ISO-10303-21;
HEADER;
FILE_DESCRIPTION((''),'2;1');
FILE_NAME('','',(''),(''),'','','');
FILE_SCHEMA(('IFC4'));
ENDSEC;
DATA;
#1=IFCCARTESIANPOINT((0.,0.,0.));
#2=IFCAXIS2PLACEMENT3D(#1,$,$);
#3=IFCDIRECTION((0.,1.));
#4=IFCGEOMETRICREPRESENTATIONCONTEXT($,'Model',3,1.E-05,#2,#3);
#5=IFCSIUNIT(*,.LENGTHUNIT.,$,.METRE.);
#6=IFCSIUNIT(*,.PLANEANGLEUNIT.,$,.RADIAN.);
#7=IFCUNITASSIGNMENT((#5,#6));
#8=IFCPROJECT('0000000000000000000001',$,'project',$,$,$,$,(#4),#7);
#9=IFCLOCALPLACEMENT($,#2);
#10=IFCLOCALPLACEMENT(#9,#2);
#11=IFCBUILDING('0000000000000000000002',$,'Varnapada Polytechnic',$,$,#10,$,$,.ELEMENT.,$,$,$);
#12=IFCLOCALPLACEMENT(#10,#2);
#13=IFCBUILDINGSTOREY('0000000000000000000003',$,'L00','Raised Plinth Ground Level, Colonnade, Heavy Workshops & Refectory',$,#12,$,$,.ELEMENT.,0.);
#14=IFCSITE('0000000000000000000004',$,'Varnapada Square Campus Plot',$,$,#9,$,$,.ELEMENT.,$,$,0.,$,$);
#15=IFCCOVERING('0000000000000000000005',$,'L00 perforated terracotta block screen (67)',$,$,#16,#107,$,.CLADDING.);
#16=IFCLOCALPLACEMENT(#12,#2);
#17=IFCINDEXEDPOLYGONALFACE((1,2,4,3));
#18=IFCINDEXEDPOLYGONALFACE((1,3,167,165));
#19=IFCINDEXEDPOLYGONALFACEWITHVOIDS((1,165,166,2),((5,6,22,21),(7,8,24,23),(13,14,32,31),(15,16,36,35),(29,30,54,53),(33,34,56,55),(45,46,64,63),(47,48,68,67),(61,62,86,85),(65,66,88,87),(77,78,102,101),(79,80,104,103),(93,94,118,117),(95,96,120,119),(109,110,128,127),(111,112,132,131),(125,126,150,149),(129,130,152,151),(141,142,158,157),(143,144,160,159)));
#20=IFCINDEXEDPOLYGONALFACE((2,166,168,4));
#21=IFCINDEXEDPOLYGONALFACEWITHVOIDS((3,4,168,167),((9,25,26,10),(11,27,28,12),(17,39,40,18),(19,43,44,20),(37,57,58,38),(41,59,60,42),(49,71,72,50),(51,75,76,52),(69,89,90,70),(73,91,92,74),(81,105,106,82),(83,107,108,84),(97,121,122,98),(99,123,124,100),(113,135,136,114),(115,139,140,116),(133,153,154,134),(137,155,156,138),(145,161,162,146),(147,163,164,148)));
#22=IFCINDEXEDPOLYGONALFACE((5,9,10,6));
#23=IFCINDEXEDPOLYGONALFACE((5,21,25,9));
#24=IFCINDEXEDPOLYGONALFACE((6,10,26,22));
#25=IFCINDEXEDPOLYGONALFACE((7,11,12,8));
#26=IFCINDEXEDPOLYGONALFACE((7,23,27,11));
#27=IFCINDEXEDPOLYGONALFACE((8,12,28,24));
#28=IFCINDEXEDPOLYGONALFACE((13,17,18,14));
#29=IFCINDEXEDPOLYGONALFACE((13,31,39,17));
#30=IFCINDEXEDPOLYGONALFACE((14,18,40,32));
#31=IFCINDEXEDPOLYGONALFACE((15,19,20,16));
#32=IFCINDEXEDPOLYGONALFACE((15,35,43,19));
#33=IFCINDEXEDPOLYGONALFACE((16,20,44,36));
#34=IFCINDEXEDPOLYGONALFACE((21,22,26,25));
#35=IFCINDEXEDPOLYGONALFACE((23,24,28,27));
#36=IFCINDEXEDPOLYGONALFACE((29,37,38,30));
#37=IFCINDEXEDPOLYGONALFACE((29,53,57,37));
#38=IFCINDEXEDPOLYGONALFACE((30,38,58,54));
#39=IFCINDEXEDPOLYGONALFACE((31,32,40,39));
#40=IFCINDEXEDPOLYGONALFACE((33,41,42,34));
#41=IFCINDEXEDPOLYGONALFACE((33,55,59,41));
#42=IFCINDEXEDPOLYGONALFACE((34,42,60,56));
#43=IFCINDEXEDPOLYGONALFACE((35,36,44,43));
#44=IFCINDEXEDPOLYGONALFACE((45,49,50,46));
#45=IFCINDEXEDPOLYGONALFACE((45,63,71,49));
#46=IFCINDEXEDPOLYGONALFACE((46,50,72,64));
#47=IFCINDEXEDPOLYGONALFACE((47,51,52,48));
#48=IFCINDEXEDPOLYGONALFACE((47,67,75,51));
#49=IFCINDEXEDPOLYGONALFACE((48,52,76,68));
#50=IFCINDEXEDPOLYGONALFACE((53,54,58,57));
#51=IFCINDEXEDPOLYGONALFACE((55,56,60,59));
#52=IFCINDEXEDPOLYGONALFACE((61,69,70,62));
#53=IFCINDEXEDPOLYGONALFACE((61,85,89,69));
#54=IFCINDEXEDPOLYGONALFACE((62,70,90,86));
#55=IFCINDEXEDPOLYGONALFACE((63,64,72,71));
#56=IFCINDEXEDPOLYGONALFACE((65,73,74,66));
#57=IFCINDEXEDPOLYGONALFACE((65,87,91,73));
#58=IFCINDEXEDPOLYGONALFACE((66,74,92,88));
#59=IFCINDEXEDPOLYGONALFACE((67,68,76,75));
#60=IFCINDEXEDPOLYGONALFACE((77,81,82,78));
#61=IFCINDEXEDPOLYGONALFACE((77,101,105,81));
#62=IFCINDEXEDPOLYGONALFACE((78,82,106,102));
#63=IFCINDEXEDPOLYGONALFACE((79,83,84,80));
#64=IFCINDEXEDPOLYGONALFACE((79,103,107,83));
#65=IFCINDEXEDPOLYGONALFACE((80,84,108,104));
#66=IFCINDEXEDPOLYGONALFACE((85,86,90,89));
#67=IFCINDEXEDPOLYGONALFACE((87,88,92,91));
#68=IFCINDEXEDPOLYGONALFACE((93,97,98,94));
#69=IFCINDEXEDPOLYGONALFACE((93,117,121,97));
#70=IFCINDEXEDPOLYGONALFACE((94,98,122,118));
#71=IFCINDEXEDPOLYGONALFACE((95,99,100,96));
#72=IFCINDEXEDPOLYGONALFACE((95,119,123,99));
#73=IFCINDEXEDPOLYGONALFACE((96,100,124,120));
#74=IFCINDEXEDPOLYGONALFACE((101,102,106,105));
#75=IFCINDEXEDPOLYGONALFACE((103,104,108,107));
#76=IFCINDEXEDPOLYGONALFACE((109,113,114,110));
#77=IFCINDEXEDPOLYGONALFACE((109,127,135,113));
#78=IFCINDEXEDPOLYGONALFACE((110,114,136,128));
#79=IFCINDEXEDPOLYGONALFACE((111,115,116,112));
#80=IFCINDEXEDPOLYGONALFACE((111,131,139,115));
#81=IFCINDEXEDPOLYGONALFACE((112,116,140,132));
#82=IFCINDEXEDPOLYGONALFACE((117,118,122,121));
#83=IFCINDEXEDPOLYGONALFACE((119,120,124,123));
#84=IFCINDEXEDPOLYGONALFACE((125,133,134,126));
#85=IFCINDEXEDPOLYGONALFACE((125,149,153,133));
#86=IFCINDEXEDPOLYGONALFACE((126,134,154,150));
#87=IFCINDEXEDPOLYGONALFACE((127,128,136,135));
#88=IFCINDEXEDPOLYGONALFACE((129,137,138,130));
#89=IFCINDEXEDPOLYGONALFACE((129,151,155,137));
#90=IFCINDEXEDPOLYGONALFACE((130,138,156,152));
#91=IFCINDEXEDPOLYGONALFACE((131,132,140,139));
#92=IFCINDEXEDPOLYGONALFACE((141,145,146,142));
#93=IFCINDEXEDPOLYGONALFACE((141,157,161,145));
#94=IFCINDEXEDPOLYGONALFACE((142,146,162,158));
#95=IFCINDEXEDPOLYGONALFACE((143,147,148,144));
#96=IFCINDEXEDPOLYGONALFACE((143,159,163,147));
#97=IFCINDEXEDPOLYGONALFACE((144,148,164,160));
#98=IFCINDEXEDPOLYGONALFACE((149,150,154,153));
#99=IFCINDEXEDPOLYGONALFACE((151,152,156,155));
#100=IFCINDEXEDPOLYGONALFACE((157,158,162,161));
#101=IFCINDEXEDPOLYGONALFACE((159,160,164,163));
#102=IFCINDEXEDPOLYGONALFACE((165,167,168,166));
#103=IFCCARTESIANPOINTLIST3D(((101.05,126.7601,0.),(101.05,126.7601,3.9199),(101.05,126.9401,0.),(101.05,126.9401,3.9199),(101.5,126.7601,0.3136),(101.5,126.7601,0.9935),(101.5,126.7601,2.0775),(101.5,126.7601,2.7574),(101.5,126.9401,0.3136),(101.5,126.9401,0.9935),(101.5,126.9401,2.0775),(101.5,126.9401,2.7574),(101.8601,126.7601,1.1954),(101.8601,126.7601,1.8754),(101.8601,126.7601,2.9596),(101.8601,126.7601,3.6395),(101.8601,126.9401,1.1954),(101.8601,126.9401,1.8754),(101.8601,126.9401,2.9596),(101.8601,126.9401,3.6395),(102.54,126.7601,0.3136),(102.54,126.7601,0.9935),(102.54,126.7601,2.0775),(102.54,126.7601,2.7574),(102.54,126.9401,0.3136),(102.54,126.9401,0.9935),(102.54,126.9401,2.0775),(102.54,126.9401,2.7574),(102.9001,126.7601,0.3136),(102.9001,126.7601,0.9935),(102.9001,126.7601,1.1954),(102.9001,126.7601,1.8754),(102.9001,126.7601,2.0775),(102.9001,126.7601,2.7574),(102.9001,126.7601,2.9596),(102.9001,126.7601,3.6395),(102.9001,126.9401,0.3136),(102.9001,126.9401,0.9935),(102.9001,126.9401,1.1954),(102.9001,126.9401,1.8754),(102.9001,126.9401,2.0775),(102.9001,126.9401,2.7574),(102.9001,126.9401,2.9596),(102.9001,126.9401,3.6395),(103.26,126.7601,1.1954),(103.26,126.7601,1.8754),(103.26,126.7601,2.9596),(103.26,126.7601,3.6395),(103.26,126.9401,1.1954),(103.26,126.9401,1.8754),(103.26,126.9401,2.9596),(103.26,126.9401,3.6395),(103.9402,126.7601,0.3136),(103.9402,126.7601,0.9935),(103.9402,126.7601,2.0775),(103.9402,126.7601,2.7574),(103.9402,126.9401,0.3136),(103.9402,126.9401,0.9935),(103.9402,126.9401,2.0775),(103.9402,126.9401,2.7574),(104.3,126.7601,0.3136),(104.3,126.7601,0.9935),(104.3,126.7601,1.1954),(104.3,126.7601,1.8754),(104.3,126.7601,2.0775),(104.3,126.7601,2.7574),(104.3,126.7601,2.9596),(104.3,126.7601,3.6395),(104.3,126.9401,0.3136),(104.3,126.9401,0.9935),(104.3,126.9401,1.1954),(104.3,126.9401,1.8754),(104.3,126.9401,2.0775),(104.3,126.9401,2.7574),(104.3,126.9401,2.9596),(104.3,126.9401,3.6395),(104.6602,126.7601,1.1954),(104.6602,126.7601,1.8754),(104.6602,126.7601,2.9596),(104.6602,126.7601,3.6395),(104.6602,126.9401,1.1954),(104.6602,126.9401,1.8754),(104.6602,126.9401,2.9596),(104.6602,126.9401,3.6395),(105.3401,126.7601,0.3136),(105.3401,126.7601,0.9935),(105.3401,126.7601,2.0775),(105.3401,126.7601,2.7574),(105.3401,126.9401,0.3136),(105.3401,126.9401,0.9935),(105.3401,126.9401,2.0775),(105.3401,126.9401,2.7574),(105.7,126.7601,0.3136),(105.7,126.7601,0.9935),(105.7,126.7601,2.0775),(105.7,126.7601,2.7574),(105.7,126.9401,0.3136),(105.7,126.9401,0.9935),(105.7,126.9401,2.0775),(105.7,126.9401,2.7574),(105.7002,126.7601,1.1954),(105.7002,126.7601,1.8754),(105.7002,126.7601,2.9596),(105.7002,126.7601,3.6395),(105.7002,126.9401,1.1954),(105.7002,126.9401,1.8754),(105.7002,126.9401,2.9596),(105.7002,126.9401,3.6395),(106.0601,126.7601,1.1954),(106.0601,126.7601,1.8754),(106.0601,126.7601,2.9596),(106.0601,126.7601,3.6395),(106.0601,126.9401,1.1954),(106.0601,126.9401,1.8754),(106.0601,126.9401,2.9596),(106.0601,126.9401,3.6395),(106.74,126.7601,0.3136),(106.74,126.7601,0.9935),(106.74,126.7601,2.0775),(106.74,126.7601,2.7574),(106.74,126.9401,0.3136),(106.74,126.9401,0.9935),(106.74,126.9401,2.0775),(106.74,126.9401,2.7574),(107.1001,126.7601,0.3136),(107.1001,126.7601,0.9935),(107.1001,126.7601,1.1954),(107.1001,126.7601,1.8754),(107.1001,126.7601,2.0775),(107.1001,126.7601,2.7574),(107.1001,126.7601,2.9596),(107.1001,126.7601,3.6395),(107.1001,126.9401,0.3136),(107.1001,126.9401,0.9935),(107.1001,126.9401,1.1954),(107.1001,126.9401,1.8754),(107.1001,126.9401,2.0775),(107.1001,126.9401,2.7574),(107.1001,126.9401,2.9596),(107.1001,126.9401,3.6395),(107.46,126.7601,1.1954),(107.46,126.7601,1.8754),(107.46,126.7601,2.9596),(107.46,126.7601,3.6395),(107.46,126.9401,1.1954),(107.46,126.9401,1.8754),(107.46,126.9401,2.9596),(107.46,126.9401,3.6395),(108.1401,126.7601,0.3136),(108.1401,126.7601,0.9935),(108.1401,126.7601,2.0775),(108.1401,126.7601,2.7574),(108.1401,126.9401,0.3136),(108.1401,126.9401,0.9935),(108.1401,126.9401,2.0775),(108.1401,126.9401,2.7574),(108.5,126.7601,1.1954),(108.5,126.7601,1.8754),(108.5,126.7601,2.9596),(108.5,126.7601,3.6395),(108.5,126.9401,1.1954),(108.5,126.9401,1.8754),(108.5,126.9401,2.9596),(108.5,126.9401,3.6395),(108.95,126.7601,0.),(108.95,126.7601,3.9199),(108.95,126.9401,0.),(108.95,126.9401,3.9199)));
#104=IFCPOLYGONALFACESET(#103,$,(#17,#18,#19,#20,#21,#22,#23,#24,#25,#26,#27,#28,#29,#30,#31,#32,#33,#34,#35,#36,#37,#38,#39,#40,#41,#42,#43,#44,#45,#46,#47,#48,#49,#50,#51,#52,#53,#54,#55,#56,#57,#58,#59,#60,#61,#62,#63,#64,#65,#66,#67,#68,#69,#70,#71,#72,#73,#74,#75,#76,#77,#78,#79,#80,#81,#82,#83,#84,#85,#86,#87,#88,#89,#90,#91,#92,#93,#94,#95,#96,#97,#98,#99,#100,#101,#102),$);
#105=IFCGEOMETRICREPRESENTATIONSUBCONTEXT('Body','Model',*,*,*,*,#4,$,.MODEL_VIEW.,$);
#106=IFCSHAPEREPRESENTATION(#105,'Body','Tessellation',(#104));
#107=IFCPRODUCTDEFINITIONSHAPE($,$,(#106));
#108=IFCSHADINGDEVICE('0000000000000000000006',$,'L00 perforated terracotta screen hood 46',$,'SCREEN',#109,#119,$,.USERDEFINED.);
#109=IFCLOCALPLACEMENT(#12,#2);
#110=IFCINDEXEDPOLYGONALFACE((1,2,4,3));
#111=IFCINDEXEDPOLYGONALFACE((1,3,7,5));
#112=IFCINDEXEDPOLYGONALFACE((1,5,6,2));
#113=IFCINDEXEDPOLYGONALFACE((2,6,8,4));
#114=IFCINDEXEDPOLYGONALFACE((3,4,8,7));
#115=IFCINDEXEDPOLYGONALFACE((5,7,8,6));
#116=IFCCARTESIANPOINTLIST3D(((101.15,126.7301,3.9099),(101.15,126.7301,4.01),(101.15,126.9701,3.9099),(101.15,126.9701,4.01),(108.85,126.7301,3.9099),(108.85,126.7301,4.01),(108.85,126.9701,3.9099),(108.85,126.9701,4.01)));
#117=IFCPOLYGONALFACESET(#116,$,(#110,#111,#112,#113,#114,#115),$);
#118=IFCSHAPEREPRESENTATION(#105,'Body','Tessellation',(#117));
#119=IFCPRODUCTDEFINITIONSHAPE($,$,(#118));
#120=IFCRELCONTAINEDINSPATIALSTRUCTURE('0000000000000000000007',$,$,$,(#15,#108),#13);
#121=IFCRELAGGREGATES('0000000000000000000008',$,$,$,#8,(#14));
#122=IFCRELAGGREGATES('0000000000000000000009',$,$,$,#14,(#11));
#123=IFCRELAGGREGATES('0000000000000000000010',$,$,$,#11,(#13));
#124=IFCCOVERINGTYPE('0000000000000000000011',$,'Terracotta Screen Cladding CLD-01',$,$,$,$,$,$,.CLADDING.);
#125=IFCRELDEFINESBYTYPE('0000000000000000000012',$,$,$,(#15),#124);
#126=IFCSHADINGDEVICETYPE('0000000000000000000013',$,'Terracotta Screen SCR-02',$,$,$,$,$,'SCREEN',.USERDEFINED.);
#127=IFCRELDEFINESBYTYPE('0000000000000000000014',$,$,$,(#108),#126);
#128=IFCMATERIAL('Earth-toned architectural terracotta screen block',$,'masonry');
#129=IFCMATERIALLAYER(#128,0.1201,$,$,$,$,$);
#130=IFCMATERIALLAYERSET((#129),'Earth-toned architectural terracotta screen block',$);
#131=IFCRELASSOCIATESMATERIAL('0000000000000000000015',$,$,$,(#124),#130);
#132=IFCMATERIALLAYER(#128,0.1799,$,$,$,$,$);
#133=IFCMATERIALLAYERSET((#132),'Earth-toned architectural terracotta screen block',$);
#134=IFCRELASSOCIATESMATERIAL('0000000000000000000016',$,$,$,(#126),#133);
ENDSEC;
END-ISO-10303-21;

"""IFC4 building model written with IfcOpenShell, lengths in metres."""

from ifc_helpers import new_model, si_unit, direction, frame, frame_2d, origin, origin_2d, place, context, subcontext, project, spatial, rectangle, extrude, material, layer, layer_set, type_object, element, save


model = new_model("IFC4")

# Units and contexts
model_context = context("Model", 3, precision=1e-05, world=origin(), true_north=direction((0.0, 1.0)))
body_context = subcontext(model_context, "Body", "Model", "MODEL_VIEW")
ifc_project = project(units=[si_unit("LENGTHUNIT", "METRE"), si_unit("PLANEANGLEUNIT", "RADIAN")], contexts=[model_context])

# Site, building, storey
site_placement = place(None, origin())
site = spatial("IfcSite", under=ifc_project, at=site_placement, Name="Varnapada Square Campus Plot", CompositionType="ELEMENT", RefElevation=0.0)
building_placement = place(site_placement, origin())
building = spatial("IfcBuilding", under=site, at=building_placement, Name="Varnapada Polytechnic", CompositionType="ELEMENT")
storey_placement = place(building_placement, origin())
storey = spatial("IfcBuildingStorey", under=building, at=storey_placement, Name="L00", Description="Raised Plinth Ground Level, Colonnade, Heavy Workshops & Refectory", CompositionType="ELEMENT", Elevation=0.0)

# Covering, openings
ifc_material_1 = material(Name="Earth-toned architectural terracotta screen block", Category="masonry")
ifc_layer_1 = layer(ifc_material_1, 0.1201)
ifc_layer_set_1 = layer_set([ifc_layer_1], Name="Earth-toned architectural terracotta screen block")
covering_type_1 = type_object("IfcCoveringType", Name="Terracotta Screen Cladding CLD-01", PredefinedType="CLADDING", material=ifc_layer_set_1)
covering_1_placement = place(storey_placement, frame((101.05, 126.8501, 0.0), z_axis=(0.0, 0.0, 1.0), x_axis=(1.0, 0.0, 0.0)))
covering_1 = element("IfcCovering", 1, at=covering_1_placement, inside=storey, type_object=covering_type_1, Name="L00 perforated terracotta block screen (67)", PredefinedType="CLADDING", context=body_context, shape_type="SweptSolid", body=[
    extrude(rectangle(XDim=7.8999, YDim=0.1799, at=frame_2d((3.95, 0.0))), origin(), (0.0, 0.0, 1.0), 3.9199),
])
opening_1_placement = place(covering_1_placement, frame((0.45, 0.0, 0.3137)))
element("IfcOpeningElement", 2, at=opening_1_placement, cuts=covering_1, PredefinedType="OPENING", context=body_context, shape_type="SweptSolid", body=[
    extrude(rectangle(XDim=1.04, YDim=0.6799, at=frame_2d((0.52, 0.3398))), frame((0.0, 0.0999, 0.0), z_axis=(0.0, -1.0, 0.0), x_axis=(1.0, 0.0, 0.0)), (0.0, 0.0, 1.0), 0.2),
])
opening_2_placement = place(covering_1_placement, frame((1.8501, 0.0, 0.3137)))
element("IfcOpeningElement", 3, at=opening_2_placement, cuts=covering_1, PredefinedType="OPENING", context=body_context, shape_type="SweptSolid", body=[
    extrude(rectangle(XDim=1.04, YDim=0.6799, at=frame_2d((0.52, 0.3398))), frame((0.0, 0.0999, 0.0), z_axis=(0.0, -1.0, 0.0), x_axis=(1.0, 0.0, 0.0)), (0.0, 0.0, 1.0), 0.2),
])
opening_3_placement = place(covering_1_placement, frame((3.25, 0.0, 0.3137)))
element("IfcOpeningElement", 4, at=opening_3_placement, cuts=covering_1, PredefinedType="OPENING", context=body_context, shape_type="SweptSolid", body=[
    extrude(rectangle(XDim=1.04, YDim=0.6799, at=frame_2d((0.52, 0.3398))), frame((0.0, 0.0999, 0.0), z_axis=(0.0, -1.0, 0.0), x_axis=(1.0, 0.0, 0.0)), (0.0, 0.0, 1.0), 0.2),
])
opening_4_placement = place(covering_1_placement, frame((4.6499, 0.0, 0.3137)))
element("IfcOpeningElement", 5, at=opening_4_placement, cuts=covering_1, PredefinedType="OPENING", context=body_context, shape_type="SweptSolid", body=[
    extrude(rectangle(XDim=1.04, YDim=0.6799, at=frame_2d((0.52, 0.3398))), frame((0.0, 0.0999, 0.0), z_axis=(0.0, -1.0, 0.0), x_axis=(1.0, 0.0, 0.0)), (0.0, 0.0, 1.0), 0.2),
])
opening_5_placement = place(covering_1_placement, frame((6.05, 0.0, 0.3137)))
element("IfcOpeningElement", 6, at=opening_5_placement, cuts=covering_1, PredefinedType="OPENING", context=body_context, shape_type="SweptSolid", body=[
    extrude(rectangle(XDim=1.04, YDim=0.6799, at=frame_2d((0.52, 0.3398))), frame((0.0, 0.0999, 0.0), z_axis=(0.0, -1.0, 0.0), x_axis=(1.0, 0.0, 0.0)), (0.0, 0.0, 1.0), 0.2),
])
opening_6_placement = place(covering_1_placement, frame((0.8101, 0.0, 1.1956)))
element("IfcOpeningElement", 7, at=opening_6_placement, cuts=covering_1, PredefinedType="OPENING", context=body_context, shape_type="SweptSolid", body=[
    extrude(rectangle(XDim=1.04, YDim=0.6799, at=frame_2d((0.52, 0.3398))), frame((0.0, 0.0999, 0.0), z_axis=(0.0, -1.0, 0.0), x_axis=(1.0, 0.0, 0.0)), (0.0, 0.0, 1.0), 0.2),
])
opening_7_placement = place(covering_1_placement, frame((2.21, 0.0, 1.1956)))
element("IfcOpeningElement", 8, at=opening_7_placement, cuts=covering_1, PredefinedType="OPENING", context=body_context, shape_type="SweptSolid", body=[
    extrude(rectangle(XDim=1.04, YDim=0.6799, at=frame_2d((0.52, 0.3398))), frame((0.0, 0.0999, 0.0), z_axis=(0.0, -1.0, 0.0), x_axis=(1.0, 0.0, 0.0)), (0.0, 0.0, 1.0), 0.2),
])
opening_8_placement = place(covering_1_placement, frame((3.6101, 0.0, 1.1956)))
element("IfcOpeningElement", 9, at=opening_8_placement, cuts=covering_1, PredefinedType="OPENING", context=body_context, shape_type="SweptSolid", body=[
    extrude(rectangle(XDim=1.04, YDim=0.6799, at=frame_2d((0.52, 0.3398))), frame((0.0, 0.0999, 0.0), z_axis=(0.0, -1.0, 0.0), x_axis=(1.0, 0.0, 0.0)), (0.0, 0.0, 1.0), 0.2),
])
opening_9_placement = place(covering_1_placement, frame((5.01, 0.0, 1.1956)))
element("IfcOpeningElement", 10, at=opening_9_placement, cuts=covering_1, PredefinedType="OPENING", context=body_context, shape_type="SweptSolid", body=[
    extrude(rectangle(XDim=1.04, YDim=0.6799, at=frame_2d((0.52, 0.3398))), frame((0.0, 0.0999, 0.0), z_axis=(0.0, -1.0, 0.0), x_axis=(1.0, 0.0, 0.0)), (0.0, 0.0, 1.0), 0.2),
])
opening_10_placement = place(covering_1_placement, frame((6.4099, 0.0, 1.1956)))
element("IfcOpeningElement", 11, at=opening_10_placement, cuts=covering_1, PredefinedType="OPENING", context=body_context, shape_type="SweptSolid", body=[
    extrude(rectangle(XDim=1.04, YDim=0.6799, at=frame_2d((0.52, 0.3398))), frame((0.0, 0.0999, 0.0), z_axis=(0.0, -1.0, 0.0), x_axis=(1.0, 0.0, 0.0)), (0.0, 0.0, 1.0), 0.2),
])
opening_11_placement = place(covering_1_placement, frame((0.45, 0.0, 2.0776)))
element("IfcOpeningElement", 12, at=opening_11_placement, cuts=covering_1, PredefinedType="OPENING", context=body_context, shape_type="SweptSolid", body=[
    extrude(rectangle(XDim=1.04, YDim=0.6799, at=frame_2d((0.52, 0.3398))), frame((0.0, 0.0999, 0.0), z_axis=(0.0, -1.0, 0.0), x_axis=(1.0, 0.0, 0.0)), (0.0, 0.0, 1.0), 0.2),
])
opening_12_placement = place(covering_1_placement, frame((1.8501, 0.0, 2.0776)))
element("IfcOpeningElement", 13, at=opening_12_placement, cuts=covering_1, PredefinedType="OPENING", context=body_context, shape_type="SweptSolid", body=[
    extrude(rectangle(XDim=1.04, YDim=0.6799, at=frame_2d((0.52, 0.3398))), frame((0.0, 0.0999, 0.0), z_axis=(0.0, -1.0, 0.0), x_axis=(1.0, 0.0, 0.0)), (0.0, 0.0, 1.0), 0.2),
])
opening_13_placement = place(covering_1_placement, frame((3.25, 0.0, 2.0776)))
element("IfcOpeningElement", 14, at=opening_13_placement, cuts=covering_1, PredefinedType="OPENING", context=body_context, shape_type="SweptSolid", body=[
    extrude(rectangle(XDim=1.04, YDim=0.6799, at=frame_2d((0.52, 0.3398))), frame((0.0, 0.0999, 0.0), z_axis=(0.0, -1.0, 0.0), x_axis=(1.0, 0.0, 0.0)), (0.0, 0.0, 1.0), 0.2),
])
opening_14_placement = place(covering_1_placement, frame((4.6499, 0.0, 2.0776)))
element("IfcOpeningElement", 15, at=opening_14_placement, cuts=covering_1, PredefinedType="OPENING", context=body_context, shape_type="SweptSolid", body=[
    extrude(rectangle(XDim=1.04, YDim=0.6799, at=frame_2d((0.52, 0.3398))), frame((0.0, 0.0999, 0.0), z_axis=(0.0, -1.0, 0.0), x_axis=(1.0, 0.0, 0.0)), (0.0, 0.0, 1.0), 0.2),
])
opening_15_placement = place(covering_1_placement, frame((6.05, 0.0, 2.0776)))
element("IfcOpeningElement", 16, at=opening_15_placement, cuts=covering_1, PredefinedType="OPENING", context=body_context, shape_type="SweptSolid", body=[
    extrude(rectangle(XDim=1.04, YDim=0.6799, at=frame_2d((0.52, 0.3398))), frame((0.0, 0.0999, 0.0), z_axis=(0.0, -1.0, 0.0), x_axis=(1.0, 0.0, 0.0)), (0.0, 0.0, 1.0), 0.2),
])
opening_16_placement = place(covering_1_placement, frame((0.8101, 0.0, 2.9597)))
element("IfcOpeningElement", 17, at=opening_16_placement, cuts=covering_1, PredefinedType="OPENING", context=body_context, shape_type="SweptSolid", body=[
    extrude(rectangle(XDim=1.04, YDim=0.6799, at=frame_2d((0.52, 0.3398))), frame((0.0, 0.0999, 0.0), z_axis=(0.0, -1.0, 0.0), x_axis=(1.0, 0.0, 0.0)), (0.0, 0.0, 1.0), 0.2),
])
opening_17_placement = place(covering_1_placement, frame((2.21, 0.0, 2.9597)))
element("IfcOpeningElement", 18, at=opening_17_placement, cuts=covering_1, PredefinedType="OPENING", context=body_context, shape_type="SweptSolid", body=[
    extrude(rectangle(XDim=1.04, YDim=0.6799, at=frame_2d((0.52, 0.3398))), frame((0.0, 0.0999, 0.0), z_axis=(0.0, -1.0, 0.0), x_axis=(1.0, 0.0, 0.0)), (0.0, 0.0, 1.0), 0.2),
])
opening_18_placement = place(covering_1_placement, frame((3.6101, 0.0, 2.9597)))
element("IfcOpeningElement", 19, at=opening_18_placement, cuts=covering_1, PredefinedType="OPENING", context=body_context, shape_type="SweptSolid", body=[
    extrude(rectangle(XDim=1.04, YDim=0.6799, at=frame_2d((0.52, 0.3398))), frame((0.0, 0.0999, 0.0), z_axis=(0.0, -1.0, 0.0), x_axis=(1.0, 0.0, 0.0)), (0.0, 0.0, 1.0), 0.2),
])
opening_19_placement = place(covering_1_placement, frame((5.01, 0.0, 2.9597)))
element("IfcOpeningElement", 20, at=opening_19_placement, cuts=covering_1, PredefinedType="OPENING", context=body_context, shape_type="SweptSolid", body=[
    extrude(rectangle(XDim=1.04, YDim=0.6799, at=frame_2d((0.52, 0.3398))), frame((0.0, 0.0999, 0.0), z_axis=(0.0, -1.0, 0.0), x_axis=(1.0, 0.0, 0.0)), (0.0, 0.0, 1.0), 0.2),
])
opening_20_placement = place(covering_1_placement, frame((6.4099, 0.0, 2.9597)))
element("IfcOpeningElement", 21, at=opening_20_placement, cuts=covering_1, PredefinedType="OPENING", context=body_context, shape_type="SweptSolid", body=[
    extrude(rectangle(XDim=1.04, YDim=0.6799, at=frame_2d((0.52, 0.3398))), frame((0.0, 0.0999, 0.0), z_axis=(0.0, -1.0, 0.0), x_axis=(1.0, 0.0, 0.0)), (0.0, 0.0, 1.0), 0.2),
])

# Shading device
ifc_layer_2 = layer(ifc_material_1, 0.1799)
ifc_layer_set_2 = layer_set([ifc_layer_2], Name="Earth-toned architectural terracotta screen block")
shading_device_type_1 = type_object("IfcShadingDeviceType", Name="Terracotta Screen SCR-02", ElementType="SCREEN", PredefinedType="USERDEFINED", material=ifc_layer_set_2)
shading_device_1_placement = place(storey_placement, frame((105.0, 126.8501, 3.9099), z_axis=(0.0, 0.0, 1.0), x_axis=(1.0, 0.0, 0.0)))
element("IfcShadingDevice", 22, at=shading_device_1_placement, inside=storey, type_object=shading_device_type_1, Name="L00 perforated terracotta screen hood 46", ObjectType="SCREEN", PredefinedType="USERDEFINED", context=body_context, shape_type="SweptSolid", body=[
    extrude(rectangle(XDim=7.7, YDim=0.24, at=origin_2d()), origin(), (0.0, 0.0, 1.0), 0.1001),
])

save(model, "model.ifc")
